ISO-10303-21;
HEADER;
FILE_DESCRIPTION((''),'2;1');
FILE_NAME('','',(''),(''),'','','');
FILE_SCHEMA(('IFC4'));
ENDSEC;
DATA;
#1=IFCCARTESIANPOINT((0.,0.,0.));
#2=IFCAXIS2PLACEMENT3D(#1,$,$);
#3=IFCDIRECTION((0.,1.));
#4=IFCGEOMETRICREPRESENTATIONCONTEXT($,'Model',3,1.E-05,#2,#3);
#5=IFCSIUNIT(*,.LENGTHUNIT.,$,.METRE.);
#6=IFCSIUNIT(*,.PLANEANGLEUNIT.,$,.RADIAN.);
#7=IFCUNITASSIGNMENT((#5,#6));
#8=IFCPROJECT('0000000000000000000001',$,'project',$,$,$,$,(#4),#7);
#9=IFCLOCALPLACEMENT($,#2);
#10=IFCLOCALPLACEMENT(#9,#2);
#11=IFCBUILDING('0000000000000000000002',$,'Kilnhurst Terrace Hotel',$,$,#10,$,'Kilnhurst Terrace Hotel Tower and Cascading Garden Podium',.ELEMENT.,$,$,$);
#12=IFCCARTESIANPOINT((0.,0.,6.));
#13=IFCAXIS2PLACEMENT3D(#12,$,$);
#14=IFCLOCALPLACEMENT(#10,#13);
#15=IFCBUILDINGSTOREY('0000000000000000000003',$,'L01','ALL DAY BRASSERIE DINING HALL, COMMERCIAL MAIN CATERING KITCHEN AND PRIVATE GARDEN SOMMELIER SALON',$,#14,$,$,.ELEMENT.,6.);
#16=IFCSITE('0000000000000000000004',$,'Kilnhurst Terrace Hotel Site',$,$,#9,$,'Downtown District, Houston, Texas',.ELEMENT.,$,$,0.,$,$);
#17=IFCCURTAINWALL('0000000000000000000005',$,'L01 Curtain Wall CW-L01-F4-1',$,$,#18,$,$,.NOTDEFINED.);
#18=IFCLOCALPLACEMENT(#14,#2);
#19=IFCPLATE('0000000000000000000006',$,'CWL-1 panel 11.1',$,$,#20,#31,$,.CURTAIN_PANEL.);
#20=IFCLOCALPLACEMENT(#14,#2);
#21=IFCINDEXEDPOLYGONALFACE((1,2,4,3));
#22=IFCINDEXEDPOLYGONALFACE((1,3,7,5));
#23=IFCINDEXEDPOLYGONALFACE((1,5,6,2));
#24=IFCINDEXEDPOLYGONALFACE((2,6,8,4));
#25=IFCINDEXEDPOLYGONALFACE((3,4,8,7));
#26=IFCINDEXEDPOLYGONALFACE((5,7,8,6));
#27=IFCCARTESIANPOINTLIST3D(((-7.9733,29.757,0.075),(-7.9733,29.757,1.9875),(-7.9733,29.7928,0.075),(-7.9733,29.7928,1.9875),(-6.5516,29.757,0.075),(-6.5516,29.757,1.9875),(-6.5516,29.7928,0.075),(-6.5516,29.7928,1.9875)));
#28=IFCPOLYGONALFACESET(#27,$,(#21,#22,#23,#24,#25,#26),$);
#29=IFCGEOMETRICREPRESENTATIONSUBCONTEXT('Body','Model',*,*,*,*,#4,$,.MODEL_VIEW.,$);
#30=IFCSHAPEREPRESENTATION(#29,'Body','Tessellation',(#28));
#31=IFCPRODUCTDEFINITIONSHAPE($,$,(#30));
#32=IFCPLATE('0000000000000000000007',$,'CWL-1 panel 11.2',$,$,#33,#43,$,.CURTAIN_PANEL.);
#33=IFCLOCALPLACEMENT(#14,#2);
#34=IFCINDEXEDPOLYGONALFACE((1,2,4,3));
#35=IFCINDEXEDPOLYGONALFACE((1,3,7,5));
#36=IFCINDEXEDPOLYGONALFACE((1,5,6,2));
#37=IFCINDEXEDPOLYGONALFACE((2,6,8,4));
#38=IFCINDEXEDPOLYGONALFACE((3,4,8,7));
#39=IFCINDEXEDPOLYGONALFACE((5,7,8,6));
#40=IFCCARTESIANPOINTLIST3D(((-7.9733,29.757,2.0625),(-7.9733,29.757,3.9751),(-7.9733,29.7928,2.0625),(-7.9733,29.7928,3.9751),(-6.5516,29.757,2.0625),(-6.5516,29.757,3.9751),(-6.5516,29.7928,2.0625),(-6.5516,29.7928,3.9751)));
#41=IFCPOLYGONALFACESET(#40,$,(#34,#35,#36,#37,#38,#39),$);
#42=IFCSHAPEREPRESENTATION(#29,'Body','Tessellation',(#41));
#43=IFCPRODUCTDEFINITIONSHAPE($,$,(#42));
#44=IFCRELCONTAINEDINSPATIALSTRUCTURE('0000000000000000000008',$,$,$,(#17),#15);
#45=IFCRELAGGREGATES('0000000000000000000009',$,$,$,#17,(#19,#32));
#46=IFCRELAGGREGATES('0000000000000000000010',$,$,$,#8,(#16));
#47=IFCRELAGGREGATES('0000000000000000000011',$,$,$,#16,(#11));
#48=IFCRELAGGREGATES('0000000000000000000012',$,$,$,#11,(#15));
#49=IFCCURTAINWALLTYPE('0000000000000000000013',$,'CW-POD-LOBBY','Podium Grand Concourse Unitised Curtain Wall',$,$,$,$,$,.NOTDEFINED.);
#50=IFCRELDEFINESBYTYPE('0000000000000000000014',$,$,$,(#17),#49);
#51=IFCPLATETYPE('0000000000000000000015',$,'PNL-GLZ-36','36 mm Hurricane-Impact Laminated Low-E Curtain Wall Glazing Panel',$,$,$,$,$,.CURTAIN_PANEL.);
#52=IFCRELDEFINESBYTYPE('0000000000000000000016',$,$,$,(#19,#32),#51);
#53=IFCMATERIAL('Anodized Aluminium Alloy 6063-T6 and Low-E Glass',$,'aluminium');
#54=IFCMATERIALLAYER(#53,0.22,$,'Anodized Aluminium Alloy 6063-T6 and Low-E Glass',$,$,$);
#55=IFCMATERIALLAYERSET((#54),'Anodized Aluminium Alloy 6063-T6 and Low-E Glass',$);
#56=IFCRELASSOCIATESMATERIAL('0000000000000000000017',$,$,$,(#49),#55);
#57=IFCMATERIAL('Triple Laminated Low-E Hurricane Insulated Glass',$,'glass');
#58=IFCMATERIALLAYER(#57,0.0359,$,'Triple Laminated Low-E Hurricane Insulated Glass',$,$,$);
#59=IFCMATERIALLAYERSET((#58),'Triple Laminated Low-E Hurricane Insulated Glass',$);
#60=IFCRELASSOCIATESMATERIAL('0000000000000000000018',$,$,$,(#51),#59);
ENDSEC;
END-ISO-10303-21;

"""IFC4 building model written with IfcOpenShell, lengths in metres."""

from ifc_helpers import new_model, si_unit, direction, frame, origin, origin_2d, place, context, subcontext, project, spatial, rectangle, extrude, material, layer, layer_set, type_object, element, aggregate, save


model = new_model("IFC4")

# Units and contexts
model_context = context("Model", 3, precision=1e-05, world=origin(), true_north=direction((0.0, 1.0)))
body_context = subcontext(model_context, "Body", "Model", "MODEL_VIEW")
ifc_project = project(units=[si_unit("LENGTHUNIT", "METRE"), si_unit("PLANEANGLEUNIT", "RADIAN")], contexts=[model_context])

# Site, building, storey
site_placement = place(None, origin())
site = spatial("IfcSite", under=ifc_project, at=site_placement, Name="Kilnhurst Terrace Hotel Site", LongName="Downtown District, Houston, Texas", CompositionType="ELEMENT", RefElevation=0.0)
building_placement = place(site_placement, origin())
building = spatial("IfcBuilding", under=site, at=building_placement, Name="Kilnhurst Terrace Hotel", LongName="Kilnhurst Terrace Hotel Tower and Cascading Garden Podium", CompositionType="ELEMENT")
storey_placement = place(building_placement, frame((0.0, 0.0, 6.0)))
storey = spatial("IfcBuildingStorey", under=building, at=storey_placement, Name="L01", Description="ALL DAY BRASSERIE DINING HALL, COMMERCIAL MAIN CATERING KITCHEN AND PRIVATE GARDEN SOMMELIER SALON", CompositionType="ELEMENT", Elevation=6.0)

# Curtain wall, plates
ifc_material_1 = material(Name="Anodized Aluminium Alloy 6063-T6 and Low-E Glass", Category="aluminium")
ifc_layer_1 = layer(ifc_material_1, 0.22, Name="Anodized Aluminium Alloy 6063-T6 and Low-E Glass")
ifc_layer_set_1 = layer_set([ifc_layer_1], Name="Anodized Aluminium Alloy 6063-T6 and Low-E Glass")
curtain_wall_type = type_object("IfcCurtainWallType", Name="CW-POD-LOBBY", Description="Podium Grand Concourse Unitised Curtain Wall", PredefinedType="NOTDEFINED", material=ifc_layer_set_1)
curtain_wall_placement = place(storey_placement, origin())
curtain_wall = element("IfcCurtainWall", 1, at=curtain_wall_placement, inside=storey, type_object=curtain_wall_type, Name="L01 Curtain Wall CW-L01-F4-1", PredefinedType="NOTDEFINED")
ifc_material_2 = material(Name="Triple Laminated Low-E Hurricane Insulated Glass", Category="glass")
ifc_layer_2 = layer(ifc_material_2, 0.0359, Name="Triple Laminated Low-E Hurricane Insulated Glass")
ifc_layer_set_2 = layer_set([ifc_layer_2], Name="Triple Laminated Low-E Hurricane Insulated Glass")
plate_type = type_object("IfcPlateType", Name="PNL-GLZ-36", Description="36 mm Hurricane-Impact Laminated Low-E Curtain Wall Glazing Panel", PredefinedType="CURTAIN_PANEL", material=ifc_layer_set_2)
plate_1_placement = place(storey_placement, frame((-7.2625, 29.7749, 0.075), z_axis=(0.0, 0.0, 1.0), x_axis=(-1.0, 0.0, 0.0)))
plate_1 = element("IfcPlate", 2, at=plate_1_placement, type_object=plate_type, Name="CWL-1 panel 11.1", PredefinedType="CURTAIN_PANEL", context=body_context, shape_type="SweptSolid", body=[
    extrude(rectangle(XDim=1.4216, YDim=0.0359, at=origin_2d()), origin(), (0.0, 0.0, 1.0), 1.9126),
])
plate_2_placement = place(storey_placement, frame((-7.2625, 29.7749, 2.0625), z_axis=(0.0, 0.0, 1.0), x_axis=(-1.0, 0.0, 0.0)))
plate_2 = element("IfcPlate", 3, at=plate_2_placement, type_object=plate_type, Name="CWL-1 panel 11.2", PredefinedType="CURTAIN_PANEL", context=body_context, shape_type="SweptSolid", body=[
    extrude(rectangle(XDim=1.4216, YDim=0.0359, at=origin_2d()), origin(), (0.0, 0.0, 1.0), 1.9126),
])
aggregate(curtain_wall, [plate_1, plate_2])

save(model, "model.ifc")
